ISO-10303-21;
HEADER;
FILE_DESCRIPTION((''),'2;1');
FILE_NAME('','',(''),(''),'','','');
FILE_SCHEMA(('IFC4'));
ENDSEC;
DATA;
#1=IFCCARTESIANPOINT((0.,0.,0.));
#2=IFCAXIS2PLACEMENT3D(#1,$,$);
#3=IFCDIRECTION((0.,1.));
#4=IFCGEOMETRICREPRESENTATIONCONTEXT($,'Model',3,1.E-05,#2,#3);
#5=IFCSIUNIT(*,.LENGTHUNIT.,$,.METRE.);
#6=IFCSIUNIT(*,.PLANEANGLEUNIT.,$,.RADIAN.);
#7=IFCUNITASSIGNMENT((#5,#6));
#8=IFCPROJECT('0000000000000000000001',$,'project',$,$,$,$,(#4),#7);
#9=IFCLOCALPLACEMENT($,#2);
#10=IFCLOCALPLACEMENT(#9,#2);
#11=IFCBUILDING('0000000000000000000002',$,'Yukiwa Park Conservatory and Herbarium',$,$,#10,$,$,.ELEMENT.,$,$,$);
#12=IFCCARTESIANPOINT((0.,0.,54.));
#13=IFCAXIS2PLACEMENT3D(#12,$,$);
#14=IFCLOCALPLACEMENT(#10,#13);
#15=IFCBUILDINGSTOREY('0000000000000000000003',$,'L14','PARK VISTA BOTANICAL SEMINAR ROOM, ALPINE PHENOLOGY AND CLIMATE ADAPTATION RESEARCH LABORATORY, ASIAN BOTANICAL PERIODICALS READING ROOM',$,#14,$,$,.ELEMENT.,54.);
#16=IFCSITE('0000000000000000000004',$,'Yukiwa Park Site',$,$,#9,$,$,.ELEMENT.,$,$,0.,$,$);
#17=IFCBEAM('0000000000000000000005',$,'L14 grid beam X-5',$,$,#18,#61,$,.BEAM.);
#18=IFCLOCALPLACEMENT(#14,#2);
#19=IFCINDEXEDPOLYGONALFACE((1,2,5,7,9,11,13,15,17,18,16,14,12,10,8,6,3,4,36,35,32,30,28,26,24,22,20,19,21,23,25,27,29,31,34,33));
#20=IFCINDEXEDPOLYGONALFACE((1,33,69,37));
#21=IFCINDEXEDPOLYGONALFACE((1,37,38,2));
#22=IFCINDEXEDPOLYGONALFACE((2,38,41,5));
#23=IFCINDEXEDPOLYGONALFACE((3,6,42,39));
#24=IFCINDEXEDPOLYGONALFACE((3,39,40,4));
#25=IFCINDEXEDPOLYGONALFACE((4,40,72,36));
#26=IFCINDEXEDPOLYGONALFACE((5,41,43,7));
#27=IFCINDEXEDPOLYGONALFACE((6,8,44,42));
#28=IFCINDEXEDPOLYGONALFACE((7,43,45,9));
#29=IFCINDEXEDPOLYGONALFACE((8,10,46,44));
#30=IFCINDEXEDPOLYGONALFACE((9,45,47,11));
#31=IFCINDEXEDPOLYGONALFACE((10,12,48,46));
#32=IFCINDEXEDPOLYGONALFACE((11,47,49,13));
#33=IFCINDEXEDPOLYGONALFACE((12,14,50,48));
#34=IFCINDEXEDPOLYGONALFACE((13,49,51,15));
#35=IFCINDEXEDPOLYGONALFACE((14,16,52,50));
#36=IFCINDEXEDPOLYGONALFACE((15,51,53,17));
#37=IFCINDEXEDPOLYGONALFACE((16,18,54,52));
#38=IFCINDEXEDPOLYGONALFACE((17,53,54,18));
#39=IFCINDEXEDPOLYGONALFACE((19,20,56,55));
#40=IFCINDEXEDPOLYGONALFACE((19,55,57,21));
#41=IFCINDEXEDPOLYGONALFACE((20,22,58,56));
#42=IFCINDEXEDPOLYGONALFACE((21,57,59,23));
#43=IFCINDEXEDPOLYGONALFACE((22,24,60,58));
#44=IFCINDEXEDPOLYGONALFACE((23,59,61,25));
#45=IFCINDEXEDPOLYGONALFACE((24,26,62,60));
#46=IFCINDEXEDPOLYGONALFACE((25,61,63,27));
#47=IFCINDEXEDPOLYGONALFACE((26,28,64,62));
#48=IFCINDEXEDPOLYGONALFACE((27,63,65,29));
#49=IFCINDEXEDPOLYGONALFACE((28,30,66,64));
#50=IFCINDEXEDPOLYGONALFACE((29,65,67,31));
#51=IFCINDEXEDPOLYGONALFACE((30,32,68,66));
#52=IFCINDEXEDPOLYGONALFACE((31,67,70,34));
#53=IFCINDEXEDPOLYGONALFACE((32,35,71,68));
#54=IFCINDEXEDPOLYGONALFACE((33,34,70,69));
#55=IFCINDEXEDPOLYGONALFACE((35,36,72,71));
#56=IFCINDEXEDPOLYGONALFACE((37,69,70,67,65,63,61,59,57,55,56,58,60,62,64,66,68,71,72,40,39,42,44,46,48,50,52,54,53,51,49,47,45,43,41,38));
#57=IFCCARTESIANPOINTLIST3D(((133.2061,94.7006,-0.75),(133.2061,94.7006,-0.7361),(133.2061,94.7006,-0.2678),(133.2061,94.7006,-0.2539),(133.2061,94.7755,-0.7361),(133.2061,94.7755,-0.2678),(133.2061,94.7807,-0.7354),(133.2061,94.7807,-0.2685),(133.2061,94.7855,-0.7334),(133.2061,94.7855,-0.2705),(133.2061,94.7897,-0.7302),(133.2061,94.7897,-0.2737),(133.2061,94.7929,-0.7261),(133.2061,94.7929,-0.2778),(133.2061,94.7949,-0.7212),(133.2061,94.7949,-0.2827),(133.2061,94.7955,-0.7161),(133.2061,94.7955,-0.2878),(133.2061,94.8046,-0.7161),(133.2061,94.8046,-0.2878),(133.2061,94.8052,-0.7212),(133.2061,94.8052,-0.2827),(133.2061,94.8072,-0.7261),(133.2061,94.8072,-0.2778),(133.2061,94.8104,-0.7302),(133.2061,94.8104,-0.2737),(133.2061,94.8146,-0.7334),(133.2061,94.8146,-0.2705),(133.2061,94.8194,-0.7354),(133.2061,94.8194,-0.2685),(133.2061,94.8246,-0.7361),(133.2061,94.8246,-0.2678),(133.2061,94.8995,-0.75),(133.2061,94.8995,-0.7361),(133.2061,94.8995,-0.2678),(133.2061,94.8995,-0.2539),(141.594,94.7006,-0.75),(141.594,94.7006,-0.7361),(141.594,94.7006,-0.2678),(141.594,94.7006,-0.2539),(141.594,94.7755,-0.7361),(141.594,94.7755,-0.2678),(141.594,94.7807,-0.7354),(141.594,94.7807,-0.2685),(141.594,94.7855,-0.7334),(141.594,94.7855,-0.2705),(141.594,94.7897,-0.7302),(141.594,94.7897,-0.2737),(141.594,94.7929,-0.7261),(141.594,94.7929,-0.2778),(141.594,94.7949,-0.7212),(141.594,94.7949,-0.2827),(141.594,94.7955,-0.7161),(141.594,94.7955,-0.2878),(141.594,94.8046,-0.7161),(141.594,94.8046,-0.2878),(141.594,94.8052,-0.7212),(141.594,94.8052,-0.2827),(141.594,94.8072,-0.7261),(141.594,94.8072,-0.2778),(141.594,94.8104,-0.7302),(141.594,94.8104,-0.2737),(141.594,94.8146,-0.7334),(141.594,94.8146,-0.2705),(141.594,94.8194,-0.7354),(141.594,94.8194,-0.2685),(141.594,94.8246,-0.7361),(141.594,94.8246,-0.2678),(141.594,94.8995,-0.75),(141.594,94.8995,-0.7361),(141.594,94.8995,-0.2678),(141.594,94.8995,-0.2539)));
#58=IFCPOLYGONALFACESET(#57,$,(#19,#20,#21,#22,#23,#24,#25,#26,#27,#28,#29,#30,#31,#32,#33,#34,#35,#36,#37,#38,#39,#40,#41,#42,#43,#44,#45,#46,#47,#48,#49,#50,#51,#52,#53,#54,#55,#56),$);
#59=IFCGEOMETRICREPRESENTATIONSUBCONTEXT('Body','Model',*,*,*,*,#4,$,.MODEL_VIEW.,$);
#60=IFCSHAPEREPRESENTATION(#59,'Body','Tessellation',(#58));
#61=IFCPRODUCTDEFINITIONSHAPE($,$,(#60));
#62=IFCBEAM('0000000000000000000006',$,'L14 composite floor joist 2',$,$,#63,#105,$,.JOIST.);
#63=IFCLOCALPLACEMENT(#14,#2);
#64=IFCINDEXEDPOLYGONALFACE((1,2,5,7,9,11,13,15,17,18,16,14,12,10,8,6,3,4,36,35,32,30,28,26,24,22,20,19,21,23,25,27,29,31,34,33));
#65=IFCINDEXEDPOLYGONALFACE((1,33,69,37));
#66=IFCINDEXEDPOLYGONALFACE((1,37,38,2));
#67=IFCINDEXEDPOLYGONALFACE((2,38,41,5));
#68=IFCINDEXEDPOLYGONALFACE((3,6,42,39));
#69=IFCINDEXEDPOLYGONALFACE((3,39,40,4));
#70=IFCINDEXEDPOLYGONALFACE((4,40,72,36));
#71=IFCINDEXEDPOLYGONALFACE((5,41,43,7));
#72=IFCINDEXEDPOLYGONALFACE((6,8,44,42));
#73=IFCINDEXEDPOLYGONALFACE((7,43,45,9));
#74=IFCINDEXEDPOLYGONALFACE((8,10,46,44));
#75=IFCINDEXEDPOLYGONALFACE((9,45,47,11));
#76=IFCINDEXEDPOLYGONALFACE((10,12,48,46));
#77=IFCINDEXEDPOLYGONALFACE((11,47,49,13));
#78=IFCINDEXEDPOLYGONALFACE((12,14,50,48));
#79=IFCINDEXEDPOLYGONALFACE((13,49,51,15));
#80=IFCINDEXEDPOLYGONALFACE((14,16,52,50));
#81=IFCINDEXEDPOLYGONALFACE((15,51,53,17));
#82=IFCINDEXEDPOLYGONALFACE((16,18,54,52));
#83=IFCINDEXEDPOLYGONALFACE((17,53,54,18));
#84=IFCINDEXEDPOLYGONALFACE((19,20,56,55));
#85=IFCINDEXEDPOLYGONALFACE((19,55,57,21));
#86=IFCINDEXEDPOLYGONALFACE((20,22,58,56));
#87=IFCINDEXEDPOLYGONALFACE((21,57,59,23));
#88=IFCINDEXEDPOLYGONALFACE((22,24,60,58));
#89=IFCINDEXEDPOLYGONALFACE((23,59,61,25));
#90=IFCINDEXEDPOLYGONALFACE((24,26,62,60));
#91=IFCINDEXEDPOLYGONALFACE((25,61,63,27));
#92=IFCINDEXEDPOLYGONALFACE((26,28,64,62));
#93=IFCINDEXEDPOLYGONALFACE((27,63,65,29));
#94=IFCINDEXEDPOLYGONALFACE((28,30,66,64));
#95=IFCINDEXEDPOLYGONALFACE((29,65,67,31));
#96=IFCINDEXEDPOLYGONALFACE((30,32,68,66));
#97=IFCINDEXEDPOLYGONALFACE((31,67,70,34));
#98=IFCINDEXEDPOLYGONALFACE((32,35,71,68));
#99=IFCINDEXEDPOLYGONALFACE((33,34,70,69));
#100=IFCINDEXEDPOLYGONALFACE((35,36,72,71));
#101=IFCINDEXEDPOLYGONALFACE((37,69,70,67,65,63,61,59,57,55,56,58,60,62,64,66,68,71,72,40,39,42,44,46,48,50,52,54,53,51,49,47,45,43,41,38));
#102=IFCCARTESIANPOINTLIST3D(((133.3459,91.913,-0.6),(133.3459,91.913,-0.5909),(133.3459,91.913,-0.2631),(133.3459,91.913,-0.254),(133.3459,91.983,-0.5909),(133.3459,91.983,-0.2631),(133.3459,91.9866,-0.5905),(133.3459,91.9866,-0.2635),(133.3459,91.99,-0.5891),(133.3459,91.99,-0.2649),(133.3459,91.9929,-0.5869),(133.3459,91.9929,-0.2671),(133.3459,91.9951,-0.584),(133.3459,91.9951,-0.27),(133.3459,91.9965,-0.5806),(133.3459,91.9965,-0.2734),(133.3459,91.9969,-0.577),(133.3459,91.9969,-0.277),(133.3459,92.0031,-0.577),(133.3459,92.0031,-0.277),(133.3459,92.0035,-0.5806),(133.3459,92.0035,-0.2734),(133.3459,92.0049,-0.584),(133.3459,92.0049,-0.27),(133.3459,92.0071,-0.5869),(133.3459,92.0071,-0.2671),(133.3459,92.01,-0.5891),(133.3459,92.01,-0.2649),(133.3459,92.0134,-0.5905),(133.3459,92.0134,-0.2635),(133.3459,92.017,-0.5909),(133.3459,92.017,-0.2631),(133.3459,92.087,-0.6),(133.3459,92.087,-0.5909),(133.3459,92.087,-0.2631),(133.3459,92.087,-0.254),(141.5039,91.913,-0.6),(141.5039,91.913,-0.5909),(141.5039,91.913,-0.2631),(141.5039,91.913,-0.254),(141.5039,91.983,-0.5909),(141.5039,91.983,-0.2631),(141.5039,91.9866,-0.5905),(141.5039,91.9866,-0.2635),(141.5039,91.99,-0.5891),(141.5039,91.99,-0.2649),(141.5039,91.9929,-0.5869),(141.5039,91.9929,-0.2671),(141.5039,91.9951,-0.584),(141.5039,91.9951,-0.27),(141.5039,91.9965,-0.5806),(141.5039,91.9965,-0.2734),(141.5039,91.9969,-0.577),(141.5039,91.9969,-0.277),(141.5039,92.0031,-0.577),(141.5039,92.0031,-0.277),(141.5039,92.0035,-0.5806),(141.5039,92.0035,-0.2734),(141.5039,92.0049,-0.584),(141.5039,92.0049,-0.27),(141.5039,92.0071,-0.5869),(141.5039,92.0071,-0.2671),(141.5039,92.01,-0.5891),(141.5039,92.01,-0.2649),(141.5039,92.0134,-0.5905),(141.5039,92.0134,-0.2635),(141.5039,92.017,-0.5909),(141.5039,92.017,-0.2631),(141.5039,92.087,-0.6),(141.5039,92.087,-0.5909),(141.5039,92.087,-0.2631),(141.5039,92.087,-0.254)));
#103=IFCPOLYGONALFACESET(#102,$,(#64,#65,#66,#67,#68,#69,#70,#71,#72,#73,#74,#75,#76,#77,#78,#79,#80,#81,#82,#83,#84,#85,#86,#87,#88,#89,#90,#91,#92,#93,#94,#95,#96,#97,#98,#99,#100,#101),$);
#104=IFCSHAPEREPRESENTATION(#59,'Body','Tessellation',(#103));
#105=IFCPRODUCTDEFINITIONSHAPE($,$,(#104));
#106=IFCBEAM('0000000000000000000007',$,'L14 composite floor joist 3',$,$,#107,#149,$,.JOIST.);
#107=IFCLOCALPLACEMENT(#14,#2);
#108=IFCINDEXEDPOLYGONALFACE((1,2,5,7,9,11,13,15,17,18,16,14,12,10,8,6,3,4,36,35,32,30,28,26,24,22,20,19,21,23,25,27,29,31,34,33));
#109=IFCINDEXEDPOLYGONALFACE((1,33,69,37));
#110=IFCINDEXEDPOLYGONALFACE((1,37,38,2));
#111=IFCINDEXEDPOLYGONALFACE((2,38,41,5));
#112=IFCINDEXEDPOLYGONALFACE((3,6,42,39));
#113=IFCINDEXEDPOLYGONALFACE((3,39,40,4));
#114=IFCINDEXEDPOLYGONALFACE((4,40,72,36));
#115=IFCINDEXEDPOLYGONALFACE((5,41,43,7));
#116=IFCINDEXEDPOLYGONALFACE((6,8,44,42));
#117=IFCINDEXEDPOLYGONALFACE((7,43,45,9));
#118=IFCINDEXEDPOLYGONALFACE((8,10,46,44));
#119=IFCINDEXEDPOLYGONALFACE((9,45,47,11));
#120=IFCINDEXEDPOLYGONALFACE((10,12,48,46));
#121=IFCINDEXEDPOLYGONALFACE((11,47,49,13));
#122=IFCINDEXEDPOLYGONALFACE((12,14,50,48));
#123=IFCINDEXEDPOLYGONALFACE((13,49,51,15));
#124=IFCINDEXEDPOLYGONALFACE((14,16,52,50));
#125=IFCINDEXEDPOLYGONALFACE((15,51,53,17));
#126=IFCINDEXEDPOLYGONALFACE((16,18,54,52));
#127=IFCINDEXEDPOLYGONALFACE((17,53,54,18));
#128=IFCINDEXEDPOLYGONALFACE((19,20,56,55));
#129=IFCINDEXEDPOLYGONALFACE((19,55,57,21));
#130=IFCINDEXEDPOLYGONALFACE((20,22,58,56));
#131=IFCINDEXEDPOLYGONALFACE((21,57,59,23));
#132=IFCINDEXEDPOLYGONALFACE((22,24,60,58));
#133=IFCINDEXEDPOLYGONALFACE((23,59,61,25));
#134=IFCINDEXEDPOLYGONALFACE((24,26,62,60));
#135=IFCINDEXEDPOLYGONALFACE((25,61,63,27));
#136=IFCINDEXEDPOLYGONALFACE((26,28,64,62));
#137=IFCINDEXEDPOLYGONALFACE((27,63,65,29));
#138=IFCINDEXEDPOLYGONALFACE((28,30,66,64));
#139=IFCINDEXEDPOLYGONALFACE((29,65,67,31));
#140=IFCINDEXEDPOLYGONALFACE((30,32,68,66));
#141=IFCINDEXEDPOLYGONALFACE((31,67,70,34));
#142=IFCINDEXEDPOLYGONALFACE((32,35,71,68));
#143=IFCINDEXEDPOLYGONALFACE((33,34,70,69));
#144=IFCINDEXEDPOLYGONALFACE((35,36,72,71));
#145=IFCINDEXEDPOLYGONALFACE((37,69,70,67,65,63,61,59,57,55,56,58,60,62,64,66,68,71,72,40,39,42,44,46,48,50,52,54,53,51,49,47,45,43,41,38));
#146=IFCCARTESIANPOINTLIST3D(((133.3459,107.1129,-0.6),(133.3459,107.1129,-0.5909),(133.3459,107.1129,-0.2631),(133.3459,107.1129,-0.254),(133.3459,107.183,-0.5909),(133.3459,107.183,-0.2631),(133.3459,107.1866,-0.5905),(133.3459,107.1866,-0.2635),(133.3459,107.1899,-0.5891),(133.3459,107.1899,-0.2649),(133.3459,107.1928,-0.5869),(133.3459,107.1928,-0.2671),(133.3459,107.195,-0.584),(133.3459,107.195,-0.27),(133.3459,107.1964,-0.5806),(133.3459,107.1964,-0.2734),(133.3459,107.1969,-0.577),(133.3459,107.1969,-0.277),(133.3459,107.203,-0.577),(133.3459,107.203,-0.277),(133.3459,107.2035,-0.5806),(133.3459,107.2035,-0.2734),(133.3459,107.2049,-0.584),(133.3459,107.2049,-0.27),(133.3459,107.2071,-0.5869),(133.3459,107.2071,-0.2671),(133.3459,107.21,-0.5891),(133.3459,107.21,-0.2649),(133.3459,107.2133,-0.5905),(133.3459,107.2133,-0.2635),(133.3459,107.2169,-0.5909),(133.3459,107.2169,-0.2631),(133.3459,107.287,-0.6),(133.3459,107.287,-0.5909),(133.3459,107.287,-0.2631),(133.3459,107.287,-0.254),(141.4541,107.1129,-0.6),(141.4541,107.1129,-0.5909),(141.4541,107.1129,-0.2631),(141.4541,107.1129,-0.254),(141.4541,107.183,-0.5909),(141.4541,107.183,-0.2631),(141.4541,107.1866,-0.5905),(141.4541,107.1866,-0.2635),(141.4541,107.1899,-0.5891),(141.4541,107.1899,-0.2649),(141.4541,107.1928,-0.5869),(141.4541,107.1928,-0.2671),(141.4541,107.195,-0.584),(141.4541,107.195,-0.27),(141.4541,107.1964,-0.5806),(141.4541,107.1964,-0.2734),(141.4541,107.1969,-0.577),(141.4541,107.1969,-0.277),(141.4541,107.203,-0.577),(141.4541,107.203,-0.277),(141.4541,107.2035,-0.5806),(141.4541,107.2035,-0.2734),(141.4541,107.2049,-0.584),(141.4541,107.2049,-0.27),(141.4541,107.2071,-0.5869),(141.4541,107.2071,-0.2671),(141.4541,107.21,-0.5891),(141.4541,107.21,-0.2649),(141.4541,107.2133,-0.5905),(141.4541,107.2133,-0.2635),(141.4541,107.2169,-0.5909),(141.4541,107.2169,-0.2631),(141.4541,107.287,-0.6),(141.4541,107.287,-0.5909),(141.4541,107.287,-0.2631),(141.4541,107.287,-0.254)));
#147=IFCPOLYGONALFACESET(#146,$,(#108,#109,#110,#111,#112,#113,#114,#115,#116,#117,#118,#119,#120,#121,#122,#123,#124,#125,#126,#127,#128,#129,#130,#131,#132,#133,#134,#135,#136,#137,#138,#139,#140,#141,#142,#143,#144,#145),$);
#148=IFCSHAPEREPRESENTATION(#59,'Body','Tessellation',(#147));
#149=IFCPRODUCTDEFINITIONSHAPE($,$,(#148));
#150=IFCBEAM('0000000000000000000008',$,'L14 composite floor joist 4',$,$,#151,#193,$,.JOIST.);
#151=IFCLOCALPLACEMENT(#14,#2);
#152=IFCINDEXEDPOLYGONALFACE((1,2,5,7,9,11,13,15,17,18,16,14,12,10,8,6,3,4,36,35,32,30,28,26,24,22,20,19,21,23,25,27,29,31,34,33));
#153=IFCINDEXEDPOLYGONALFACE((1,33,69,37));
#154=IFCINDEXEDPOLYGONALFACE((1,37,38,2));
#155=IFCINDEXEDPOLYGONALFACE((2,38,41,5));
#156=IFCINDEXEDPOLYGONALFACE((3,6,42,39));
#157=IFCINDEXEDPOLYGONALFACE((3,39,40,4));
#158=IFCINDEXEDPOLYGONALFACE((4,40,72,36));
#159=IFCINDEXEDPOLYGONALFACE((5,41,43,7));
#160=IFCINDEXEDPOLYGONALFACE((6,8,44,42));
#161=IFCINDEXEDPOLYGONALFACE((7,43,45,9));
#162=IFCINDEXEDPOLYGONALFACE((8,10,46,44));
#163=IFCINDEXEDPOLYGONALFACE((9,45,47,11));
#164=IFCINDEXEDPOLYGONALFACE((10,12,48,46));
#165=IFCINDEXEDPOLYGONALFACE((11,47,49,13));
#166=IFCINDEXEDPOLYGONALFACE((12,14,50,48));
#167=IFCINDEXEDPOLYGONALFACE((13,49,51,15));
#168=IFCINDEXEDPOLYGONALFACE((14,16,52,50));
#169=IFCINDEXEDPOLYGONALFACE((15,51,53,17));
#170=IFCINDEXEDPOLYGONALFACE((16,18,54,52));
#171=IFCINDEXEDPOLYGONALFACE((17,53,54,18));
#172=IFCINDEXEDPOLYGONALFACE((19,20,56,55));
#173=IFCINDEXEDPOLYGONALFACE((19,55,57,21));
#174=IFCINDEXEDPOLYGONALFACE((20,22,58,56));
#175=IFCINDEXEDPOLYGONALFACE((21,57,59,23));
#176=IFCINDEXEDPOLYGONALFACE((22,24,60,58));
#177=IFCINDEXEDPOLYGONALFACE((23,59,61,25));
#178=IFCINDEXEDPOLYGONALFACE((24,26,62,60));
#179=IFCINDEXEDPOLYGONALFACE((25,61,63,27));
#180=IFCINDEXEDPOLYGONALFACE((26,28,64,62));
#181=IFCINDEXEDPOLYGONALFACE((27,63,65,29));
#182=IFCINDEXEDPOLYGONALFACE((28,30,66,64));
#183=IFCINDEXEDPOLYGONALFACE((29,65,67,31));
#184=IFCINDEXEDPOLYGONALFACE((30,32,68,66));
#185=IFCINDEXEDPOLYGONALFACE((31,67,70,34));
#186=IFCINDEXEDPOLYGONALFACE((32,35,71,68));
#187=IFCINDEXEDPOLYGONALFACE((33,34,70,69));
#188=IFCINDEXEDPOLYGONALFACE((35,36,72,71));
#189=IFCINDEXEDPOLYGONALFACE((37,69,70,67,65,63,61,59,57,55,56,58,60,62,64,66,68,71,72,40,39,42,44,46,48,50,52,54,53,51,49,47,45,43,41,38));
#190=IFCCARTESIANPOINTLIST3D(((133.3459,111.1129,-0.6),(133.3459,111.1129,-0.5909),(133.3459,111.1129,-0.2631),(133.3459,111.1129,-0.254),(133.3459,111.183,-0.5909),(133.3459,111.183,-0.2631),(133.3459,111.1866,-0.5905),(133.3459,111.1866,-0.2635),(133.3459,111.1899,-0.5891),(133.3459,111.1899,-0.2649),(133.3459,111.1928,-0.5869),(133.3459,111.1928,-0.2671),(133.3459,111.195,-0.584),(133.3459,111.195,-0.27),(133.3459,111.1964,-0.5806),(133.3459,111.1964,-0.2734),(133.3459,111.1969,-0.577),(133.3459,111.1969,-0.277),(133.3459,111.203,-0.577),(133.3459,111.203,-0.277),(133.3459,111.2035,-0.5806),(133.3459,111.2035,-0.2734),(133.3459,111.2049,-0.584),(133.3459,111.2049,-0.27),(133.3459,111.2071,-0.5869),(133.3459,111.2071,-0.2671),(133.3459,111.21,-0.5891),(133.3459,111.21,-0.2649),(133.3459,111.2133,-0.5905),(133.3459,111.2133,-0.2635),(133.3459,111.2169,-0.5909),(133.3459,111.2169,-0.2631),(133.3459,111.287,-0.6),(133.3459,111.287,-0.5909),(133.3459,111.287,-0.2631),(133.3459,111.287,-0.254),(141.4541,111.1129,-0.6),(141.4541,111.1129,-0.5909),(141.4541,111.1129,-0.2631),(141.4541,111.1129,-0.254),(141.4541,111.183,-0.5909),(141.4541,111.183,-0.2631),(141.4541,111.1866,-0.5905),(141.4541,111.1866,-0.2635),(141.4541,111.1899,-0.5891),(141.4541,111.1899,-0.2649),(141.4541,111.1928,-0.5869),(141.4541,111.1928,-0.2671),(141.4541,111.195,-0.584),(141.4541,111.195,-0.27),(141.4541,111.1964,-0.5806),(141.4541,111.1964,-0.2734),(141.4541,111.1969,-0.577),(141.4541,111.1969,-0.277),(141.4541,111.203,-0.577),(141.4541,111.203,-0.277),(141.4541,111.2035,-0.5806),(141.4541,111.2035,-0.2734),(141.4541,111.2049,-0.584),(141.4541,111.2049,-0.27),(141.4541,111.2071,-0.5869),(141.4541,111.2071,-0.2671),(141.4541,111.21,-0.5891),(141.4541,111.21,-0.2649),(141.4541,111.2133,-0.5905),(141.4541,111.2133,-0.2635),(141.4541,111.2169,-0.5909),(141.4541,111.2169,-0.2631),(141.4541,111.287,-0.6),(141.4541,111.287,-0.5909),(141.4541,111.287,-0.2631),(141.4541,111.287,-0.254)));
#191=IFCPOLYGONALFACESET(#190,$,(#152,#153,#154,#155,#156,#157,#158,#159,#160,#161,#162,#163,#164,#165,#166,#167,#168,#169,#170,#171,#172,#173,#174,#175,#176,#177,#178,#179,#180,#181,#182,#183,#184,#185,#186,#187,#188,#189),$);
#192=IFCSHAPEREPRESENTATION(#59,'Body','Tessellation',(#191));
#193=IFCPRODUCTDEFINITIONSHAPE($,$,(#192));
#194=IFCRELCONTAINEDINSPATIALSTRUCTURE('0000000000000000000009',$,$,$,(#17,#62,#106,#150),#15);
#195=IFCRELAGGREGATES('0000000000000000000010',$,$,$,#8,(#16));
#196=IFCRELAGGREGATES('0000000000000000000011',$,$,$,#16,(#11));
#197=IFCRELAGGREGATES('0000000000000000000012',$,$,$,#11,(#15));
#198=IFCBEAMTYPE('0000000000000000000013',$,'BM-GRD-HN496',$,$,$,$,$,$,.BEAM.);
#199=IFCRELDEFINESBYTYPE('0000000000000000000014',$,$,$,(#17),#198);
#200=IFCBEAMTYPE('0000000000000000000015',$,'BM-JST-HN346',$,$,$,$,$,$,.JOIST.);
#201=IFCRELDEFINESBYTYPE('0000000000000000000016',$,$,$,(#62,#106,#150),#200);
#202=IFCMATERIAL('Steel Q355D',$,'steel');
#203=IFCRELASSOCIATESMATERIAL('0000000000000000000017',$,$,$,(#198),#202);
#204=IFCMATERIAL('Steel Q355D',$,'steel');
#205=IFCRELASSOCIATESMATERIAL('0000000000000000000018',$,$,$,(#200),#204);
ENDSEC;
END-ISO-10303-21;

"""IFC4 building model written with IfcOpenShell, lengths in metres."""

from ifc_helpers import new_model, si_unit, direction, frame, origin, origin_2d, place, context, subcontext, project, spatial, i_section, extrude, material, material_profile, profile_set, type_object, element, save


model = new_model("IFC4")

# Units and contexts
model_context = context("Model", 3, precision=1e-05, world=origin(), true_north=direction((0.0, 1.0)))
body_context = subcontext(model_context, "Body", "Model", "MODEL_VIEW")
ifc_project = project(units=[si_unit("LENGTHUNIT", "METRE"), si_unit("PLANEANGLEUNIT", "RADIAN")], contexts=[model_context])

# Site, building, storey
site_placement = place(None, origin())
site = spatial("IfcSite", under=ifc_project, at=site_placement, Name="Yukiwa Park Site", CompositionType="ELEMENT", RefElevation=0.0)
building_placement = place(site_placement, origin())
building = spatial("IfcBuilding", under=site, at=building_placement, Name="Yukiwa Park Conservatory and Herbarium", CompositionType="ELEMENT")
storey_placement = place(building_placement, frame((0.0, 0.0, 54.0)))
storey = spatial("IfcBuildingStorey", under=building, at=storey_placement, Name="L14", Description="PARK VISTA BOTANICAL SEMINAR ROOM, ALPINE PHENOLOGY AND CLIMATE ADAPTATION RESEARCH LABORATORY, ASIAN BOTANICAL PERIODICALS READING ROOM", CompositionType="ELEMENT", Elevation=54.0)

# Beams
ifc_material_1 = material(Name="Steel Q355D", Category="steel")
ifc_material_profile_1 = material_profile(ifc_material_1, i_section(OverallWidth=0.199, OverallDepth=0.4961, WebThickness=0.009, FlangeThickness=0.0139, FilletRadius=0.02, at=origin_2d()), Name="HN 496x199x9x14")
ifc_profile_set_1 = profile_set([ifc_material_profile_1], Name="Steel Q355D")
beam_type_1 = type_object("IfcBeamType", Name="BM-GRD-HN496", PredefinedType="BEAM", material=ifc_profile_set_1)
beam_1_placement = place(storey_placement, frame((133.2061, 94.8, -0.502), z_axis=(1.0, 0.0, 0.0), x_axis=(0.0, 1.0, 0.0)))
element("IfcBeam", 1, at=beam_1_placement, inside=storey, type_object=beam_type_1, Name="L14 grid beam X-5", PredefinedType="BEAM", context=body_context, shape_type="SweptSolid", body=[
    extrude(i_section(OverallWidth=0.199, OverallDepth=0.4961, WebThickness=0.009, FlangeThickness=0.0139, FilletRadius=0.02, at=origin_2d()), origin(), (0.0, 0.0, 1.0), 8.3879),
])
ifc_material_2 = material(Name="Steel Q355D", Category="steel")
ifc_material_profile_2 = material_profile(ifc_material_2, i_section(OverallWidth=0.1741, OverallDepth=0.3459, WebThickness=0.0061, FlangeThickness=0.009, FilletRadius=0.0139, at=origin_2d()), Name="HN 346x174x6x9")
ifc_profile_set_2 = profile_set([ifc_material_profile_2], Name="Steel Q355D")
beam_type_2 = type_object("IfcBeamType", Name="BM-JST-HN346", PredefinedType="JOIST", material=ifc_profile_set_2)
beam_2_placement = place(storey_placement, frame((133.3459, 92.0, -0.427), z_axis=(1.0, 0.0, 0.0), x_axis=(0.0, 1.0, 0.0)))
element("IfcBeam", 2, at=beam_2_placement, inside=storey, type_object=beam_type_2, Name="L14 composite floor joist 2", PredefinedType="JOIST", context=body_context, shape_type="SweptSolid", body=[
    extrude(i_section(OverallWidth=0.1741, OverallDepth=0.3459, WebThickness=0.0061, FlangeThickness=0.009, FilletRadius=0.0139, at=origin_2d()), origin(), (0.0, 0.0, 1.0), 8.158),
])
for number, where, z_axis, x_axis, name in (
    (3, (133.3459, 107.2, -0.427), (1.0, 0.0, 0.0), (0.0, 1.0, 0.0), "L14 composite floor joist 3"),
    (4, (133.3459, 111.2, -0.427), (1.0, 0.0, 0.0), (0.0, 1.0, 0.0), "L14 composite floor joist 4"),
):
    element("IfcBeam", number, at=place(storey_placement, frame(where, z_axis=z_axis, x_axis=x_axis)), inside=storey, type_object=beam_type_2, Name=name, PredefinedType="JOIST", context=body_context, shape_type="SweptSolid", body=[
        extrude(i_section(OverallWidth=0.1741, OverallDepth=0.3459, WebThickness=0.0061, FlangeThickness=0.009, FilletRadius=0.0139, at=origin_2d()), origin(), (0.0, 0.0, 1.0), 8.1082),
    ])

save(model, "model.ifc")
